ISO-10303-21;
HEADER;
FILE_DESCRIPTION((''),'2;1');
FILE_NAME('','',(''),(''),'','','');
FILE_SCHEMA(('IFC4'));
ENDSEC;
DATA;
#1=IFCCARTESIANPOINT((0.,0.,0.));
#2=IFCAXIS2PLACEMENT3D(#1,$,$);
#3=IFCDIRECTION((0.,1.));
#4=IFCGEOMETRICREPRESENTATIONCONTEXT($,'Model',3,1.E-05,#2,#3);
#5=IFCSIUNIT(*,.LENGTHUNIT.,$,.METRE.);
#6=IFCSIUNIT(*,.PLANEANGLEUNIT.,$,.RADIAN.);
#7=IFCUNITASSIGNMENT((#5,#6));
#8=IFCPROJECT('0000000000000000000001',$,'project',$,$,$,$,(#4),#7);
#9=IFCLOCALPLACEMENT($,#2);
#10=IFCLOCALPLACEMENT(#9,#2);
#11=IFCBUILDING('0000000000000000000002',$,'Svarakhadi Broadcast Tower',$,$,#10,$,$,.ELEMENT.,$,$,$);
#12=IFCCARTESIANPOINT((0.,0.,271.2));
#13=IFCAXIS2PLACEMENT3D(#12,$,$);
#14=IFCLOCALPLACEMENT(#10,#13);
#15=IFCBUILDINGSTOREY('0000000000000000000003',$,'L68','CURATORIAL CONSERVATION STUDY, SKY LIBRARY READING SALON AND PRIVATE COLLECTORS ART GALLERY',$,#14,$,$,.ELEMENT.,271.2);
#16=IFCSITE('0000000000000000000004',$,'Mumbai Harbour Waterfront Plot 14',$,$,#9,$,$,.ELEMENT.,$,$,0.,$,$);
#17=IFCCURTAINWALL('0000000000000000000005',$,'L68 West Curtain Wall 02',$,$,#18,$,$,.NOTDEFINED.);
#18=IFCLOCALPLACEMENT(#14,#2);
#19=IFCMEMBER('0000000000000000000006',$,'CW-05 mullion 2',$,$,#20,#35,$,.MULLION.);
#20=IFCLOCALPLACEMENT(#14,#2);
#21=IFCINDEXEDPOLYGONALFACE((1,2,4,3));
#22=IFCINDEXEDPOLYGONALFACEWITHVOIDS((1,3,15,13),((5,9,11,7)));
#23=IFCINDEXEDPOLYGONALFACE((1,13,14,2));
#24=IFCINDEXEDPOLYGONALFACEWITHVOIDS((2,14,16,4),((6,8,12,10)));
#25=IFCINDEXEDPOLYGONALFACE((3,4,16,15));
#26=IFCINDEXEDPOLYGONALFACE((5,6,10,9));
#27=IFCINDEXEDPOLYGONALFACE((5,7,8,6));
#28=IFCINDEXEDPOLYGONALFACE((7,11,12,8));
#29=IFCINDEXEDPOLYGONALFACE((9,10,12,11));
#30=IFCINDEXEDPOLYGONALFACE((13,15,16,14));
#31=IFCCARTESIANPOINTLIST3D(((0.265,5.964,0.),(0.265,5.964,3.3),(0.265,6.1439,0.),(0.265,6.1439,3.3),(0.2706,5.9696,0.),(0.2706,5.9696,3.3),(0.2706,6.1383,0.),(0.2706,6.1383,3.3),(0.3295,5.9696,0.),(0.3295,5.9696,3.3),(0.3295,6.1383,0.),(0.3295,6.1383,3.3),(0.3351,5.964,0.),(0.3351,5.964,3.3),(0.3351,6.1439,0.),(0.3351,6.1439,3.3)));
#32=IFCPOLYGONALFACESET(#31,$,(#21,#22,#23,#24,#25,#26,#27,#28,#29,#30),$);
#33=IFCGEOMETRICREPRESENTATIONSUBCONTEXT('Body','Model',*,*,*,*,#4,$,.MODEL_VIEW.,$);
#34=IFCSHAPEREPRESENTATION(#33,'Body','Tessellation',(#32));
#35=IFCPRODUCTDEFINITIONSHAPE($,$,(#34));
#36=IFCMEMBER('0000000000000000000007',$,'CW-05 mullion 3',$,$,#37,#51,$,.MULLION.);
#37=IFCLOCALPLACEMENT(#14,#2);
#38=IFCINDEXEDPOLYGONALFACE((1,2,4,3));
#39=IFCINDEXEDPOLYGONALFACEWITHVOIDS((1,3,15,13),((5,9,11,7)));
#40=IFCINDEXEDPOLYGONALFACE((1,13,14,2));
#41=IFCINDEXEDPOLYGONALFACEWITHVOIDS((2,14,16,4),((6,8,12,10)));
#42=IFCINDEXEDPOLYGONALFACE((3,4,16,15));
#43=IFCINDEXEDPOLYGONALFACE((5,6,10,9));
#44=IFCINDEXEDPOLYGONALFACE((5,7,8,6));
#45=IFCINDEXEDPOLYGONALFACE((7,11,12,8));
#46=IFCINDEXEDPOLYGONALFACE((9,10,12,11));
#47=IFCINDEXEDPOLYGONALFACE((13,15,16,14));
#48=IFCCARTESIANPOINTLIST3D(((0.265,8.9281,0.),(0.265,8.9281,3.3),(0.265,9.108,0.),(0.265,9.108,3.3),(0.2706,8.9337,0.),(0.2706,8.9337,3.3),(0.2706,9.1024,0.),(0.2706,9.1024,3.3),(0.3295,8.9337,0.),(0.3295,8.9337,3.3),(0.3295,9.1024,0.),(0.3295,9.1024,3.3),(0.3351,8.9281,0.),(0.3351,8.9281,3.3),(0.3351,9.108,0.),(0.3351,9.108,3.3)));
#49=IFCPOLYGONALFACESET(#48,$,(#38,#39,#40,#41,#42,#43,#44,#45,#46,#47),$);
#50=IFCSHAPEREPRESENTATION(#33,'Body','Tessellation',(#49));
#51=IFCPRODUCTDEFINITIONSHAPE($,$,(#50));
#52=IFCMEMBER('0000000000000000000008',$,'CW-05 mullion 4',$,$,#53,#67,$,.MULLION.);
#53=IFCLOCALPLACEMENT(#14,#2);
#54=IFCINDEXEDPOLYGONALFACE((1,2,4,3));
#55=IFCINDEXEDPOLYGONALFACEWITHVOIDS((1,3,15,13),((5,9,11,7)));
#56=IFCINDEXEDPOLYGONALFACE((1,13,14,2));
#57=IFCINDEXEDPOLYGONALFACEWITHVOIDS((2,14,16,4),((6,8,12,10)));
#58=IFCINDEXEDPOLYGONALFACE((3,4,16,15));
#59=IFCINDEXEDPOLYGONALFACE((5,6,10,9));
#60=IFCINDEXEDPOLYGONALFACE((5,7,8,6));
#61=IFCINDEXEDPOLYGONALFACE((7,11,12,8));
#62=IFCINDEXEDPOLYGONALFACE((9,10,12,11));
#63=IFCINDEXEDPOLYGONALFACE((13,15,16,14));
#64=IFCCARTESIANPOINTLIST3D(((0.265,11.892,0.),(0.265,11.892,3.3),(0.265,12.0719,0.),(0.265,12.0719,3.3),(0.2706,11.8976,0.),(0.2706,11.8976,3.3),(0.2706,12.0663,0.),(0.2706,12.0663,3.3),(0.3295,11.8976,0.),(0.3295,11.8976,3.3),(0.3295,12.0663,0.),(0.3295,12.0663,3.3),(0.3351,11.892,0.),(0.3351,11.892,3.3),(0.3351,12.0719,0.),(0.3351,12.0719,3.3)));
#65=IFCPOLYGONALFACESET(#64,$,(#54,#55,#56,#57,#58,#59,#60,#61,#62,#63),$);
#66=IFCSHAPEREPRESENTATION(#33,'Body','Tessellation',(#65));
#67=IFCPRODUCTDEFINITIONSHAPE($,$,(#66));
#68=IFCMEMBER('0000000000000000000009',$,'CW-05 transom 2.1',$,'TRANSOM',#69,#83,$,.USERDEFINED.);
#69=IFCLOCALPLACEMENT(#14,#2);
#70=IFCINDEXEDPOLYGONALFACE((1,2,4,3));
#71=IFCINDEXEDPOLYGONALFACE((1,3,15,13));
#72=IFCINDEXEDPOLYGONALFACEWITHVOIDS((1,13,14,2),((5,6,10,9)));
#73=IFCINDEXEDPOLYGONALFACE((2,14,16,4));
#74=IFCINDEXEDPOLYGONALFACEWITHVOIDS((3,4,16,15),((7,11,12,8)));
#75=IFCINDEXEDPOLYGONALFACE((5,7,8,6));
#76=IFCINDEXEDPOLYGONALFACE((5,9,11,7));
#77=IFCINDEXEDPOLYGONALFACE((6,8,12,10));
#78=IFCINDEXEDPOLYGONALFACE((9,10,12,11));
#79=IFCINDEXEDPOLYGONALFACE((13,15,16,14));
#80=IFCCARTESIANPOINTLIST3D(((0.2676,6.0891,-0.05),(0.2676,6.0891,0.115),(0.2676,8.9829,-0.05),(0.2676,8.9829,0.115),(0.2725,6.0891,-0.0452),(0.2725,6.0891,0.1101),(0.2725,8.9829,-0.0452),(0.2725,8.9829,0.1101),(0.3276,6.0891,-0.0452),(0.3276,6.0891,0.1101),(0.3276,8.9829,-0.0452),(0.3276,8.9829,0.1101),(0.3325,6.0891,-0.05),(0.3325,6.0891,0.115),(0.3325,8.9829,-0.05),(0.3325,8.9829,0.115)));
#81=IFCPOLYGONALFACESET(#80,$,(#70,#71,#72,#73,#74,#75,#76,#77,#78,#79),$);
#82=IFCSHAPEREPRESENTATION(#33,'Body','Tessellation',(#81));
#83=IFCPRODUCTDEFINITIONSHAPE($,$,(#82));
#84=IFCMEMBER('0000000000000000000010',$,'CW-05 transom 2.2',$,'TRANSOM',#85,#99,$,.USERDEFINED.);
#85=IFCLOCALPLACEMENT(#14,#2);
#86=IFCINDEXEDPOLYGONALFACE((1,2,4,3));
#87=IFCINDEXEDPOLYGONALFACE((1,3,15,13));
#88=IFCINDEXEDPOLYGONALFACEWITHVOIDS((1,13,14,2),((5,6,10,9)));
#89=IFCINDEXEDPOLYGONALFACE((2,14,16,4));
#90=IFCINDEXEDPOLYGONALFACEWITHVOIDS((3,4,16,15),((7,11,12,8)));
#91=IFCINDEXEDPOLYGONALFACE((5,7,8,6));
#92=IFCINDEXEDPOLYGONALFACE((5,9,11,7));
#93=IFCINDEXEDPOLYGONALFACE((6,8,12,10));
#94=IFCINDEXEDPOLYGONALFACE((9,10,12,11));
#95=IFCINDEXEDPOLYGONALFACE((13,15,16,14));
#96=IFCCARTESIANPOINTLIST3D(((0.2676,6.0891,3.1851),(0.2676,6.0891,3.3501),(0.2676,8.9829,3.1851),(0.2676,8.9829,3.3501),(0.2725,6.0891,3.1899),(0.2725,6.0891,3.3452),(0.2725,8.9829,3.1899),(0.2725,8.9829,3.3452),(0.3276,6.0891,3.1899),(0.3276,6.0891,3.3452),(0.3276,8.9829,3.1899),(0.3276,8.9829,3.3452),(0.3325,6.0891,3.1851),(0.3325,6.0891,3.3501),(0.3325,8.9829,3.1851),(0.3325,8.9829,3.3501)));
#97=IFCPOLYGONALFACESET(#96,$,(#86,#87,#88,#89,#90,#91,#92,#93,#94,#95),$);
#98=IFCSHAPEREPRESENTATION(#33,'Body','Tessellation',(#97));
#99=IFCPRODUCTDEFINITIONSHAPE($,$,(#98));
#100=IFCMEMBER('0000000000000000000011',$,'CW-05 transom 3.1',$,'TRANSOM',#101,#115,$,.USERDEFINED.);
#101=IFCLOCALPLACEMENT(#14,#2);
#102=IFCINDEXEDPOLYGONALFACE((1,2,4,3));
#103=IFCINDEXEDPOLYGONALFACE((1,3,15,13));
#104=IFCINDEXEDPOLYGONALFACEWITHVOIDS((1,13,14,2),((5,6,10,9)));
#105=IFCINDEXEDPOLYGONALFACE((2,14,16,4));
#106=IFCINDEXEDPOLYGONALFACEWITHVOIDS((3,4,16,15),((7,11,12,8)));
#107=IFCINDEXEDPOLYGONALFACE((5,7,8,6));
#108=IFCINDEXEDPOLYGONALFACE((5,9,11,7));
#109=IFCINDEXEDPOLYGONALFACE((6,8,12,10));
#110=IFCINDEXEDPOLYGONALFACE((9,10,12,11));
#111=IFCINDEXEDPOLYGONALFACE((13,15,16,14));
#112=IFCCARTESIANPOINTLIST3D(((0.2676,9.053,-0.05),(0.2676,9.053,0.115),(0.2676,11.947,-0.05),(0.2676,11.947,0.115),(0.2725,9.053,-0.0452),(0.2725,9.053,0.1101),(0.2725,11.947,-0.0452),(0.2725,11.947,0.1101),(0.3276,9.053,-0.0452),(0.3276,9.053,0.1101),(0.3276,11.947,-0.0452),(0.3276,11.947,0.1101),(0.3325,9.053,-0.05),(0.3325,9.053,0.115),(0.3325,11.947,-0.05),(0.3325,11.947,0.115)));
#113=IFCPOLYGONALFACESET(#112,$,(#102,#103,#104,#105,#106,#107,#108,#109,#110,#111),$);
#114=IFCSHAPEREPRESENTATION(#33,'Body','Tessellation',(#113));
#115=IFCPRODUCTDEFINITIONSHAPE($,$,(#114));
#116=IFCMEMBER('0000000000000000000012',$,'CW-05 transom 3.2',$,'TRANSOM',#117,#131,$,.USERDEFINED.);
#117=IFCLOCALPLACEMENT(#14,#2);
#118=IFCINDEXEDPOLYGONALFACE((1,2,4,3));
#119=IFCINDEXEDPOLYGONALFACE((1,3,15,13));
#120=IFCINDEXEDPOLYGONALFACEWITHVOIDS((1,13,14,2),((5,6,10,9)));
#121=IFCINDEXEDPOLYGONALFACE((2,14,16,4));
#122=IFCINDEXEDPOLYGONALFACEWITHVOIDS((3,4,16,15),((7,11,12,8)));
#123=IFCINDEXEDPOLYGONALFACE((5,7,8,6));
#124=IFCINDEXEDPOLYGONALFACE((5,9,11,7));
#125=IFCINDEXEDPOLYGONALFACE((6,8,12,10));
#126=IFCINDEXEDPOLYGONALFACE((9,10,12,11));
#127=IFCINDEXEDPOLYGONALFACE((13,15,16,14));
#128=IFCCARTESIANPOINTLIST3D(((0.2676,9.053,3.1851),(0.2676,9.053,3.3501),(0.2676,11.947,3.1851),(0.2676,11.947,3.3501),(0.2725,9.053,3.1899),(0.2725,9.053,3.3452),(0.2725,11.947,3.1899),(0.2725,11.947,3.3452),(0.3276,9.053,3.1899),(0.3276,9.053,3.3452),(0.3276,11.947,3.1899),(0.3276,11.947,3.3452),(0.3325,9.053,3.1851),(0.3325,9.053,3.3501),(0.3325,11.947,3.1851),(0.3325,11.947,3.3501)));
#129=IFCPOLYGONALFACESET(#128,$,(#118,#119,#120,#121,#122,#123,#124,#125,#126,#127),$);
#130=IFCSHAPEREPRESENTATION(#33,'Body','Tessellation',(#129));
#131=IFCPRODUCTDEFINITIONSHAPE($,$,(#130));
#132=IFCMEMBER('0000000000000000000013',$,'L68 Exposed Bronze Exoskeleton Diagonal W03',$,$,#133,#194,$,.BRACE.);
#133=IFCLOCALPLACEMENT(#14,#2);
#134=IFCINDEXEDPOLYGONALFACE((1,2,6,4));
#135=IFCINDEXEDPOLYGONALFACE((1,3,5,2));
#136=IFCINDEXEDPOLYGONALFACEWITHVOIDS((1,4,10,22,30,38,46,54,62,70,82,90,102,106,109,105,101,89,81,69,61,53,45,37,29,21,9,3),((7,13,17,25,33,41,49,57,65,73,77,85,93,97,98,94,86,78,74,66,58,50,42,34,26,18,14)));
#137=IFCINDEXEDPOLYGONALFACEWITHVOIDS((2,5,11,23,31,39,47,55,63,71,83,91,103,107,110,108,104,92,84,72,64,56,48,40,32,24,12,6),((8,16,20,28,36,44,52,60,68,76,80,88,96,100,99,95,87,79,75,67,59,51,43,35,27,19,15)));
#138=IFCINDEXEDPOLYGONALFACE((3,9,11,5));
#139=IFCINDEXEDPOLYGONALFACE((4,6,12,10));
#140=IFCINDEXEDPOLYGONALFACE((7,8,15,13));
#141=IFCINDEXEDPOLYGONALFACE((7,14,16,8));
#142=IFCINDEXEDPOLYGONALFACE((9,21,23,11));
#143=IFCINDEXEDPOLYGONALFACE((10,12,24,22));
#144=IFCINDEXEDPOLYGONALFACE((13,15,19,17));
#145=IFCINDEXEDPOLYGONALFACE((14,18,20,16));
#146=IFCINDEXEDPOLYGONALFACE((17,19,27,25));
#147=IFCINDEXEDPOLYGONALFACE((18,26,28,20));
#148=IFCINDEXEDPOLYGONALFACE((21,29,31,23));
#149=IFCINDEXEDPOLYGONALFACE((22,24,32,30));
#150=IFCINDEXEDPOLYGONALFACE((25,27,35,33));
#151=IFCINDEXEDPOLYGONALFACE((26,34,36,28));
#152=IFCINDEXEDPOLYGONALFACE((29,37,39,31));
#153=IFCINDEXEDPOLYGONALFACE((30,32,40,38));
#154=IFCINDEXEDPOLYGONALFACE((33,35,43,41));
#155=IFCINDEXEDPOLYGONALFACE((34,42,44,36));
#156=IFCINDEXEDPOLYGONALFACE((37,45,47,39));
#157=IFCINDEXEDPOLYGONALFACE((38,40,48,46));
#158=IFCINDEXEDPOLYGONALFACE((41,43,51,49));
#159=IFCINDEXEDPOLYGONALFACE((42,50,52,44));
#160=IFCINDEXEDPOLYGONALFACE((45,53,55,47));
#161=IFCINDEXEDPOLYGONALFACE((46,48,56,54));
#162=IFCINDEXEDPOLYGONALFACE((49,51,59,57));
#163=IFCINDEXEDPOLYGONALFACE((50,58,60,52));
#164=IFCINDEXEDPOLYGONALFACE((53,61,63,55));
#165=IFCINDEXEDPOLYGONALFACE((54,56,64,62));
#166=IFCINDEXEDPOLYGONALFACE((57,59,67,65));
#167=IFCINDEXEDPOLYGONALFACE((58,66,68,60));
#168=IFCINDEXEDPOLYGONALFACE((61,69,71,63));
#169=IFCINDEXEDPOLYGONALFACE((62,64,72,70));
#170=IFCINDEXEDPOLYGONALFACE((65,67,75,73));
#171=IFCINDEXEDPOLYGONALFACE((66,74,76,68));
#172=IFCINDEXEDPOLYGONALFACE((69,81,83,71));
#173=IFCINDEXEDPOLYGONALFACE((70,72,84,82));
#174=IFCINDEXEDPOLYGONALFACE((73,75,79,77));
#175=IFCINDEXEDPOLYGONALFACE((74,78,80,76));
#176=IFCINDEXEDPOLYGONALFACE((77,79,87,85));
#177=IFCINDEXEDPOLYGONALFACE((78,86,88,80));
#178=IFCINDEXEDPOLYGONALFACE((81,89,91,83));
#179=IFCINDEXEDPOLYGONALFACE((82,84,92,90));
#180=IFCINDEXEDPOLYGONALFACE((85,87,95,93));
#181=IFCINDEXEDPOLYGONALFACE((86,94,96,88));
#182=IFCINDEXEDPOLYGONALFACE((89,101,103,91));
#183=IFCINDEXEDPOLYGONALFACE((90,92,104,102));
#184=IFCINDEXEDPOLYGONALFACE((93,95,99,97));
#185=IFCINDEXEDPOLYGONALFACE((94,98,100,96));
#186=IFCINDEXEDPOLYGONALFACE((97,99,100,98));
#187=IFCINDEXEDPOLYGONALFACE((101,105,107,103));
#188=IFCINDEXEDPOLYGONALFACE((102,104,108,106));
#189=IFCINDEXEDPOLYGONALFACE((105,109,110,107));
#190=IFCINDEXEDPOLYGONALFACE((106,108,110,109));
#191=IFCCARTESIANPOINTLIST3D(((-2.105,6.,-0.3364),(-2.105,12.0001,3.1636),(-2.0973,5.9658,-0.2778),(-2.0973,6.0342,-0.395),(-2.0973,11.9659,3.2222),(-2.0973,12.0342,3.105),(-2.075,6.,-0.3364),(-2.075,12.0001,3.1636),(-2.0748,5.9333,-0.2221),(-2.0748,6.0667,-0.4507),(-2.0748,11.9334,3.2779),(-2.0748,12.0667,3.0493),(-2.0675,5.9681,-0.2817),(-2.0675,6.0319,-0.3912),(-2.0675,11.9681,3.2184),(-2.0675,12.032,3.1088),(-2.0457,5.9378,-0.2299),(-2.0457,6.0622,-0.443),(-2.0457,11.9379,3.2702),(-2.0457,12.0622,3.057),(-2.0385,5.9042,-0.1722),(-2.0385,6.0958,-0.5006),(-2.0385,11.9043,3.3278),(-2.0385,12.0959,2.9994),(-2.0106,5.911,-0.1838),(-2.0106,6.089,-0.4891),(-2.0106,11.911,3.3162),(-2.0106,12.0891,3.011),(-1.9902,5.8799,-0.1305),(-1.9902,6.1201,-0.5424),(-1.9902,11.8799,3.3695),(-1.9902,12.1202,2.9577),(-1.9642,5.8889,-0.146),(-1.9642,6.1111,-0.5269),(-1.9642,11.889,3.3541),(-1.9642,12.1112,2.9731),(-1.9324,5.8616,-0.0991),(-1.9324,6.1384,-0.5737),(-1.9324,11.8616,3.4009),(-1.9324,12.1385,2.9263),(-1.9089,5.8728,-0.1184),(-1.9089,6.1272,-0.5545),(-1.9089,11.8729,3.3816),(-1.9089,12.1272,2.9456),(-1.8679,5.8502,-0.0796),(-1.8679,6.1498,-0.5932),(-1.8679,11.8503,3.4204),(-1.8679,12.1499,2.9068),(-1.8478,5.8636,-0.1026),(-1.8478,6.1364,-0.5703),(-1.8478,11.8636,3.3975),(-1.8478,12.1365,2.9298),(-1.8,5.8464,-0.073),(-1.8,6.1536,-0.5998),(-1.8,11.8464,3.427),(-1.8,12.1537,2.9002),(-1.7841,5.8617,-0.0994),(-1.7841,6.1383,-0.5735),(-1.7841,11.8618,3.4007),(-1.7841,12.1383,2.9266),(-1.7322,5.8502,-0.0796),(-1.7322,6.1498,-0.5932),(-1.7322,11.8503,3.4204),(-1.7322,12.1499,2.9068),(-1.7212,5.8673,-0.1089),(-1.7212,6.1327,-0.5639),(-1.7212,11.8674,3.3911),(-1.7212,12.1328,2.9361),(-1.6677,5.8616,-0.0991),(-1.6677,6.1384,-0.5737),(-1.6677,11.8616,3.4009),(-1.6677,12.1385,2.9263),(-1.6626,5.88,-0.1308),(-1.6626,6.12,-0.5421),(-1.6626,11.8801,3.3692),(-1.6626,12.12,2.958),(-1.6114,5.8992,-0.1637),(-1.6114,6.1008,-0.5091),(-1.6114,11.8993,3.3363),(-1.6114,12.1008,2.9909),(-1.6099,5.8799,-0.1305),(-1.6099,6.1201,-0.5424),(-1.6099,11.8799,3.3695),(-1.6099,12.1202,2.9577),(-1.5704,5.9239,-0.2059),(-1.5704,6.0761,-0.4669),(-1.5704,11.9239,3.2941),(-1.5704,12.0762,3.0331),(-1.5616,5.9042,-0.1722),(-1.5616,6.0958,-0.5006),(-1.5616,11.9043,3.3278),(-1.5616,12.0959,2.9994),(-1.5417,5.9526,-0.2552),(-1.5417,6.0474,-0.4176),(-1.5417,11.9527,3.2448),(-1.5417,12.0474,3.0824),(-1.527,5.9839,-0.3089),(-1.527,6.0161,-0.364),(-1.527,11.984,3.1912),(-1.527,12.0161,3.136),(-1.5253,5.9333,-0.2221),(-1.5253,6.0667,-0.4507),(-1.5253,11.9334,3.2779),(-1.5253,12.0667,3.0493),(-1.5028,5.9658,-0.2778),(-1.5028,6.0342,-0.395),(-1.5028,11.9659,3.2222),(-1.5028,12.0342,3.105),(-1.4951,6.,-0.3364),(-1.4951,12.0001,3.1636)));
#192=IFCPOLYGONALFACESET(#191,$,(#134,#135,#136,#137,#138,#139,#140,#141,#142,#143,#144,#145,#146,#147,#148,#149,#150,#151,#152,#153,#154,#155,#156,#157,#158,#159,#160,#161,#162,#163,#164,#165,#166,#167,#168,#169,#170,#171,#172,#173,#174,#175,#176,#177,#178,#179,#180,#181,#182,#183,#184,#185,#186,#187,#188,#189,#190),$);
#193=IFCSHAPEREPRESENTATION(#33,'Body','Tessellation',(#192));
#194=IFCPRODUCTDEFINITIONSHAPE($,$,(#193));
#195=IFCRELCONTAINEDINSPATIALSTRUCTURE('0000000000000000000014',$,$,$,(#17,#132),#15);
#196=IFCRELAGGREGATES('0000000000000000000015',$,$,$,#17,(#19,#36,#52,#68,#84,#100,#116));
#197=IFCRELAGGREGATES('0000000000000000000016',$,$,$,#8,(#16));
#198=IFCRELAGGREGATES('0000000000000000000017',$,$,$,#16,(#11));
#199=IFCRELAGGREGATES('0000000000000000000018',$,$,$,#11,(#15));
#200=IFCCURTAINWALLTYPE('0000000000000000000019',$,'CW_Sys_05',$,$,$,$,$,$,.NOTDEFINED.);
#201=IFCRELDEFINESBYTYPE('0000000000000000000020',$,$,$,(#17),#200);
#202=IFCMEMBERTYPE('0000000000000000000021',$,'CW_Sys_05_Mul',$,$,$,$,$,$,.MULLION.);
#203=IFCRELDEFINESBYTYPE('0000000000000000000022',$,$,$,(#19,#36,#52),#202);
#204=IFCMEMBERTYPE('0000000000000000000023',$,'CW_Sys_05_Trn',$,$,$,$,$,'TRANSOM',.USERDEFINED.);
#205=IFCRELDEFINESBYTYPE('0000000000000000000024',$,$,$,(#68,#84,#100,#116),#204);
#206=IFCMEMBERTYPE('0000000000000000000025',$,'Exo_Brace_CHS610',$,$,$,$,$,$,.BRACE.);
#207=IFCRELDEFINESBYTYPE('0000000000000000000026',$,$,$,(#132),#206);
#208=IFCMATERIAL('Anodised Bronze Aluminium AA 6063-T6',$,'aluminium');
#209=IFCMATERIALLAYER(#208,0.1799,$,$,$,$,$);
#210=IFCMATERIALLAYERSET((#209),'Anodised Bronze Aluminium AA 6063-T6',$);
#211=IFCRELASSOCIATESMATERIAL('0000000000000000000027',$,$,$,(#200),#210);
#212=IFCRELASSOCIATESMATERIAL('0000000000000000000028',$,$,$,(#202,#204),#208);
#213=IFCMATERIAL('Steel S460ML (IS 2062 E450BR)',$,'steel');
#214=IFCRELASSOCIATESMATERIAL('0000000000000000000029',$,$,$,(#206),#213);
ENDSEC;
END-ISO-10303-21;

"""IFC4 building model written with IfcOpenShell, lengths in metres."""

from ifc_helpers import new_model, si_unit, direction, frame, origin, origin_2d, place, context, subcontext, project, spatial, hollow_rectangle, hollow_circle, extrude, material, layer, layer_set, material_profile, profile_set, type_object, element, aggregate, save


model = new_model("IFC4")

# Units and contexts
model_context = context("Model", 3, precision=1e-05, world=origin(), true_north=direction((0.0, 1.0)))
body_context = subcontext(model_context, "Body", "Model", "MODEL_VIEW")
ifc_project = project(units=[si_unit("LENGTHUNIT", "METRE"), si_unit("PLANEANGLEUNIT", "RADIAN")], contexts=[model_context])

# Site, building, storey
site_placement = place(None, origin())
site = spatial("IfcSite", under=ifc_project, at=site_placement, Name="Mumbai Harbour Waterfront Plot 14", CompositionType="ELEMENT", RefElevation=0.0)
building_placement = place(site_placement, origin())
building = spatial("IfcBuilding", under=site, at=building_placement, Name="Svarakhadi Broadcast Tower", CompositionType="ELEMENT")
storey_placement = place(building_placement, frame((0.0, 0.0, 271.2)))
storey = spatial("IfcBuildingStorey", under=building, at=storey_placement, Name="L68", Description="CURATORIAL CONSERVATION STUDY, SKY LIBRARY READING SALON AND PRIVATE COLLECTORS ART GALLERY", CompositionType="ELEMENT", Elevation=271.2)

# Shared definitions
ifc_material_1 = material(Name="Steel S460ML (IS 2062 E450BR)", Category="steel")

# Curtain wall, members
ifc_material_2 = material(Name="Anodised Bronze Aluminium AA 6063-T6", Category="aluminium")
ifc_layer_1 = layer(ifc_material_2, 0.1799)
ifc_layer_set_1 = layer_set([ifc_layer_1], Name="Anodised Bronze Aluminium AA 6063-T6")
curtain_wall_type = type_object("IfcCurtainWallType", Name="CW_Sys_05", PredefinedType="NOTDEFINED", material=ifc_layer_set_1)
curtain_wall_placement = place(storey_placement, origin())
curtain_wall = element("IfcCurtainWall", 1, at=curtain_wall_placement, inside=storey, type_object=curtain_wall_type, Name="L68 West Curtain Wall 02", PredefinedType="NOTDEFINED")
ifc_material_profile_1 = material_profile(ifc_material_2, hollow_rectangle(XDim=0.0701, YDim=0.1799, WallThickness=0.0056, at=origin_2d()), Name="ALU MULLION 180x70x6")
ifc_profile_set_1 = profile_set([ifc_material_profile_1], Name="Anodised Bronze Aluminium AA 6063-T6")
member_type_1 = type_object("IfcMemberType", Name="CW_Sys_05_Mul", PredefinedType="MULLION", material=ifc_profile_set_1)
member_1_placement = place(storey_placement, frame((0.3, 6.054, 0.0), z_axis=(0.0, 0.0, 1.0), x_axis=(-1.0, 0.0, 0.0)))
member_1 = element("IfcMember", 2, at=member_1_placement, type_object=member_type_1, Name="CW-05 mullion 2", PredefinedType="MULLION", context=body_context, shape_type="SweptSolid", body=[
    extrude(hollow_rectangle(XDim=0.0701, YDim=0.1799, WallThickness=0.0056, at=origin_2d()), origin(), (0.0, 0.0, 1.0), 3.3),
])
member_2_placement = place(storey_placement, frame((0.3, 9.0181, 0.0), z_axis=(0.0, 0.0, 1.0), x_axis=(-1.0, 0.0, 0.0)))
member_2 = element("IfcMember", 3, at=member_2_placement, type_object=member_type_1, Name="CW-05 mullion 3", PredefinedType="MULLION", context=body_context, shape_type="SweptSolid", body=[
    extrude(hollow_rectangle(XDim=0.0701, YDim=0.1799, WallThickness=0.0056, at=origin_2d()), origin(), (0.0, 0.0, 1.0), 3.3),
])
member_3_placement = place(storey_placement, frame((0.3, 11.9819, 0.0), z_axis=(0.0, 0.0, 1.0), x_axis=(-1.0, 0.0, 0.0)))
member_3 = element("IfcMember", 4, at=member_3_placement, type_object=member_type_1, Name="CW-05 mullion 4", PredefinedType="MULLION", context=body_context, shape_type="SweptSolid", body=[
    extrude(hollow_rectangle(XDim=0.0701, YDim=0.1799, WallThickness=0.0056, at=origin_2d()), origin(), (0.0, 0.0, 1.0), 3.3),
])
ifc_material_profile_2 = material_profile(ifc_material_2, hollow_rectangle(XDim=0.0649, YDim=0.165, WallThickness=0.0049, at=origin_2d()), Name="ALU TRANSOM 165x65x5")
ifc_profile_set_2 = profile_set([ifc_material_profile_2], Name="Anodised Bronze Aluminium AA 6063-T6")
member_type_2 = type_object("IfcMemberType", Name="CW_Sys_05_Trn", ElementType="TRANSOM", PredefinedType="USERDEFINED", material=ifc_profile_set_2)
member_4_placement = place(storey_placement, frame((0.3, 6.0891, 0.0325), z_axis=(0.0, 1.0, 0.0), x_axis=(-1.0, 0.0, 0.0)))
member_4 = element("IfcMember", 5, at=member_4_placement, type_object=member_type_2, Name="CW-05 transom 2.1", ObjectType="TRANSOM", PredefinedType="USERDEFINED", context=body_context, shape_type="SweptSolid", body=[
    extrude(hollow_rectangle(XDim=0.0649, YDim=0.165, WallThickness=0.0049, at=origin_2d()), origin(), (0.0, 0.0, 1.0), 2.8938),
])
member_5_placement = place(storey_placement, frame((0.3, 6.0891, 3.2676), z_axis=(0.0, 1.0, 0.0), x_axis=(-1.0, 0.0, 0.0)))
member_5 = element("IfcMember", 6, at=member_5_placement, type_object=member_type_2, Name="CW-05 transom 2.2", ObjectType="TRANSOM", PredefinedType="USERDEFINED", context=body_context, shape_type="SweptSolid", body=[
    extrude(hollow_rectangle(XDim=0.0649, YDim=0.165, WallThickness=0.0049, at=origin_2d()), origin(), (0.0, 0.0, 1.0), 2.8938),
])
member_6_placement = place(storey_placement, frame((0.3, 9.053, 0.0325), z_axis=(0.0, 1.0, 0.0), x_axis=(-1.0, 0.0, 0.0)))
member_6 = element("IfcMember", 7, at=member_6_placement, type_object=member_type_2, Name="CW-05 transom 3.1", ObjectType="TRANSOM", PredefinedType="USERDEFINED", context=body_context, shape_type="SweptSolid", body=[
    extrude(hollow_rectangle(XDim=0.0649, YDim=0.165, WallThickness=0.0049, at=origin_2d()), origin(), (0.0, 0.0, 1.0), 2.894),
])
member_7_placement = place(storey_placement, frame((0.3, 9.053, 3.2676), z_axis=(0.0, 1.0, 0.0), x_axis=(-1.0, 0.0, 0.0)))
member_7 = element("IfcMember", 8, at=member_7_placement, type_object=member_type_2, Name="CW-05 transom 3.2", ObjectType="TRANSOM", PredefinedType="USERDEFINED", context=body_context, shape_type="SweptSolid", body=[
    extrude(hollow_rectangle(XDim=0.0649, YDim=0.165, WallThickness=0.0049, at=origin_2d()), origin(), (0.0, 0.0, 1.0), 2.894),
])

# Member
ifc_material_profile_3 = material_profile(ifc_material_1, hollow_circle(Radius=0.3049, WallThickness=0.03, at=origin_2d()), Name="CHS 610x30")
ifc_profile_set_3 = profile_set([ifc_material_profile_3], Name="Steel S460ML (IS 2062 E450BR)")
member_type_3 = type_object("IfcMemberType", Name="Exo_Brace_CHS610", PredefinedType="BRACE", material=ifc_profile_set_3)
member_8_placement = place(storey_placement, frame((-1.8, 6.0, -0.3364), z_axis=(0.0, 0.863779, 0.503871), x_axis=(-1.0, 0.0, 0.0)))
element("IfcMember", 9, at=member_8_placement, inside=storey, type_object=member_type_3, Name="L68 Exposed Bronze Exoskeleton Diagonal W03", PredefinedType="BRACE", context=body_context, shape_type="SweptSolid", body=[
    extrude(hollow_circle(Radius=0.3049, WallThickness=0.03, at=origin_2d()), origin(), (0.0, 0.0, 1.0), 6.9463),
])

aggregate(curtain_wall, [member_1, member_2, member_3, member_4, member_5, member_6, member_7])

save(model, "model.ifc")
